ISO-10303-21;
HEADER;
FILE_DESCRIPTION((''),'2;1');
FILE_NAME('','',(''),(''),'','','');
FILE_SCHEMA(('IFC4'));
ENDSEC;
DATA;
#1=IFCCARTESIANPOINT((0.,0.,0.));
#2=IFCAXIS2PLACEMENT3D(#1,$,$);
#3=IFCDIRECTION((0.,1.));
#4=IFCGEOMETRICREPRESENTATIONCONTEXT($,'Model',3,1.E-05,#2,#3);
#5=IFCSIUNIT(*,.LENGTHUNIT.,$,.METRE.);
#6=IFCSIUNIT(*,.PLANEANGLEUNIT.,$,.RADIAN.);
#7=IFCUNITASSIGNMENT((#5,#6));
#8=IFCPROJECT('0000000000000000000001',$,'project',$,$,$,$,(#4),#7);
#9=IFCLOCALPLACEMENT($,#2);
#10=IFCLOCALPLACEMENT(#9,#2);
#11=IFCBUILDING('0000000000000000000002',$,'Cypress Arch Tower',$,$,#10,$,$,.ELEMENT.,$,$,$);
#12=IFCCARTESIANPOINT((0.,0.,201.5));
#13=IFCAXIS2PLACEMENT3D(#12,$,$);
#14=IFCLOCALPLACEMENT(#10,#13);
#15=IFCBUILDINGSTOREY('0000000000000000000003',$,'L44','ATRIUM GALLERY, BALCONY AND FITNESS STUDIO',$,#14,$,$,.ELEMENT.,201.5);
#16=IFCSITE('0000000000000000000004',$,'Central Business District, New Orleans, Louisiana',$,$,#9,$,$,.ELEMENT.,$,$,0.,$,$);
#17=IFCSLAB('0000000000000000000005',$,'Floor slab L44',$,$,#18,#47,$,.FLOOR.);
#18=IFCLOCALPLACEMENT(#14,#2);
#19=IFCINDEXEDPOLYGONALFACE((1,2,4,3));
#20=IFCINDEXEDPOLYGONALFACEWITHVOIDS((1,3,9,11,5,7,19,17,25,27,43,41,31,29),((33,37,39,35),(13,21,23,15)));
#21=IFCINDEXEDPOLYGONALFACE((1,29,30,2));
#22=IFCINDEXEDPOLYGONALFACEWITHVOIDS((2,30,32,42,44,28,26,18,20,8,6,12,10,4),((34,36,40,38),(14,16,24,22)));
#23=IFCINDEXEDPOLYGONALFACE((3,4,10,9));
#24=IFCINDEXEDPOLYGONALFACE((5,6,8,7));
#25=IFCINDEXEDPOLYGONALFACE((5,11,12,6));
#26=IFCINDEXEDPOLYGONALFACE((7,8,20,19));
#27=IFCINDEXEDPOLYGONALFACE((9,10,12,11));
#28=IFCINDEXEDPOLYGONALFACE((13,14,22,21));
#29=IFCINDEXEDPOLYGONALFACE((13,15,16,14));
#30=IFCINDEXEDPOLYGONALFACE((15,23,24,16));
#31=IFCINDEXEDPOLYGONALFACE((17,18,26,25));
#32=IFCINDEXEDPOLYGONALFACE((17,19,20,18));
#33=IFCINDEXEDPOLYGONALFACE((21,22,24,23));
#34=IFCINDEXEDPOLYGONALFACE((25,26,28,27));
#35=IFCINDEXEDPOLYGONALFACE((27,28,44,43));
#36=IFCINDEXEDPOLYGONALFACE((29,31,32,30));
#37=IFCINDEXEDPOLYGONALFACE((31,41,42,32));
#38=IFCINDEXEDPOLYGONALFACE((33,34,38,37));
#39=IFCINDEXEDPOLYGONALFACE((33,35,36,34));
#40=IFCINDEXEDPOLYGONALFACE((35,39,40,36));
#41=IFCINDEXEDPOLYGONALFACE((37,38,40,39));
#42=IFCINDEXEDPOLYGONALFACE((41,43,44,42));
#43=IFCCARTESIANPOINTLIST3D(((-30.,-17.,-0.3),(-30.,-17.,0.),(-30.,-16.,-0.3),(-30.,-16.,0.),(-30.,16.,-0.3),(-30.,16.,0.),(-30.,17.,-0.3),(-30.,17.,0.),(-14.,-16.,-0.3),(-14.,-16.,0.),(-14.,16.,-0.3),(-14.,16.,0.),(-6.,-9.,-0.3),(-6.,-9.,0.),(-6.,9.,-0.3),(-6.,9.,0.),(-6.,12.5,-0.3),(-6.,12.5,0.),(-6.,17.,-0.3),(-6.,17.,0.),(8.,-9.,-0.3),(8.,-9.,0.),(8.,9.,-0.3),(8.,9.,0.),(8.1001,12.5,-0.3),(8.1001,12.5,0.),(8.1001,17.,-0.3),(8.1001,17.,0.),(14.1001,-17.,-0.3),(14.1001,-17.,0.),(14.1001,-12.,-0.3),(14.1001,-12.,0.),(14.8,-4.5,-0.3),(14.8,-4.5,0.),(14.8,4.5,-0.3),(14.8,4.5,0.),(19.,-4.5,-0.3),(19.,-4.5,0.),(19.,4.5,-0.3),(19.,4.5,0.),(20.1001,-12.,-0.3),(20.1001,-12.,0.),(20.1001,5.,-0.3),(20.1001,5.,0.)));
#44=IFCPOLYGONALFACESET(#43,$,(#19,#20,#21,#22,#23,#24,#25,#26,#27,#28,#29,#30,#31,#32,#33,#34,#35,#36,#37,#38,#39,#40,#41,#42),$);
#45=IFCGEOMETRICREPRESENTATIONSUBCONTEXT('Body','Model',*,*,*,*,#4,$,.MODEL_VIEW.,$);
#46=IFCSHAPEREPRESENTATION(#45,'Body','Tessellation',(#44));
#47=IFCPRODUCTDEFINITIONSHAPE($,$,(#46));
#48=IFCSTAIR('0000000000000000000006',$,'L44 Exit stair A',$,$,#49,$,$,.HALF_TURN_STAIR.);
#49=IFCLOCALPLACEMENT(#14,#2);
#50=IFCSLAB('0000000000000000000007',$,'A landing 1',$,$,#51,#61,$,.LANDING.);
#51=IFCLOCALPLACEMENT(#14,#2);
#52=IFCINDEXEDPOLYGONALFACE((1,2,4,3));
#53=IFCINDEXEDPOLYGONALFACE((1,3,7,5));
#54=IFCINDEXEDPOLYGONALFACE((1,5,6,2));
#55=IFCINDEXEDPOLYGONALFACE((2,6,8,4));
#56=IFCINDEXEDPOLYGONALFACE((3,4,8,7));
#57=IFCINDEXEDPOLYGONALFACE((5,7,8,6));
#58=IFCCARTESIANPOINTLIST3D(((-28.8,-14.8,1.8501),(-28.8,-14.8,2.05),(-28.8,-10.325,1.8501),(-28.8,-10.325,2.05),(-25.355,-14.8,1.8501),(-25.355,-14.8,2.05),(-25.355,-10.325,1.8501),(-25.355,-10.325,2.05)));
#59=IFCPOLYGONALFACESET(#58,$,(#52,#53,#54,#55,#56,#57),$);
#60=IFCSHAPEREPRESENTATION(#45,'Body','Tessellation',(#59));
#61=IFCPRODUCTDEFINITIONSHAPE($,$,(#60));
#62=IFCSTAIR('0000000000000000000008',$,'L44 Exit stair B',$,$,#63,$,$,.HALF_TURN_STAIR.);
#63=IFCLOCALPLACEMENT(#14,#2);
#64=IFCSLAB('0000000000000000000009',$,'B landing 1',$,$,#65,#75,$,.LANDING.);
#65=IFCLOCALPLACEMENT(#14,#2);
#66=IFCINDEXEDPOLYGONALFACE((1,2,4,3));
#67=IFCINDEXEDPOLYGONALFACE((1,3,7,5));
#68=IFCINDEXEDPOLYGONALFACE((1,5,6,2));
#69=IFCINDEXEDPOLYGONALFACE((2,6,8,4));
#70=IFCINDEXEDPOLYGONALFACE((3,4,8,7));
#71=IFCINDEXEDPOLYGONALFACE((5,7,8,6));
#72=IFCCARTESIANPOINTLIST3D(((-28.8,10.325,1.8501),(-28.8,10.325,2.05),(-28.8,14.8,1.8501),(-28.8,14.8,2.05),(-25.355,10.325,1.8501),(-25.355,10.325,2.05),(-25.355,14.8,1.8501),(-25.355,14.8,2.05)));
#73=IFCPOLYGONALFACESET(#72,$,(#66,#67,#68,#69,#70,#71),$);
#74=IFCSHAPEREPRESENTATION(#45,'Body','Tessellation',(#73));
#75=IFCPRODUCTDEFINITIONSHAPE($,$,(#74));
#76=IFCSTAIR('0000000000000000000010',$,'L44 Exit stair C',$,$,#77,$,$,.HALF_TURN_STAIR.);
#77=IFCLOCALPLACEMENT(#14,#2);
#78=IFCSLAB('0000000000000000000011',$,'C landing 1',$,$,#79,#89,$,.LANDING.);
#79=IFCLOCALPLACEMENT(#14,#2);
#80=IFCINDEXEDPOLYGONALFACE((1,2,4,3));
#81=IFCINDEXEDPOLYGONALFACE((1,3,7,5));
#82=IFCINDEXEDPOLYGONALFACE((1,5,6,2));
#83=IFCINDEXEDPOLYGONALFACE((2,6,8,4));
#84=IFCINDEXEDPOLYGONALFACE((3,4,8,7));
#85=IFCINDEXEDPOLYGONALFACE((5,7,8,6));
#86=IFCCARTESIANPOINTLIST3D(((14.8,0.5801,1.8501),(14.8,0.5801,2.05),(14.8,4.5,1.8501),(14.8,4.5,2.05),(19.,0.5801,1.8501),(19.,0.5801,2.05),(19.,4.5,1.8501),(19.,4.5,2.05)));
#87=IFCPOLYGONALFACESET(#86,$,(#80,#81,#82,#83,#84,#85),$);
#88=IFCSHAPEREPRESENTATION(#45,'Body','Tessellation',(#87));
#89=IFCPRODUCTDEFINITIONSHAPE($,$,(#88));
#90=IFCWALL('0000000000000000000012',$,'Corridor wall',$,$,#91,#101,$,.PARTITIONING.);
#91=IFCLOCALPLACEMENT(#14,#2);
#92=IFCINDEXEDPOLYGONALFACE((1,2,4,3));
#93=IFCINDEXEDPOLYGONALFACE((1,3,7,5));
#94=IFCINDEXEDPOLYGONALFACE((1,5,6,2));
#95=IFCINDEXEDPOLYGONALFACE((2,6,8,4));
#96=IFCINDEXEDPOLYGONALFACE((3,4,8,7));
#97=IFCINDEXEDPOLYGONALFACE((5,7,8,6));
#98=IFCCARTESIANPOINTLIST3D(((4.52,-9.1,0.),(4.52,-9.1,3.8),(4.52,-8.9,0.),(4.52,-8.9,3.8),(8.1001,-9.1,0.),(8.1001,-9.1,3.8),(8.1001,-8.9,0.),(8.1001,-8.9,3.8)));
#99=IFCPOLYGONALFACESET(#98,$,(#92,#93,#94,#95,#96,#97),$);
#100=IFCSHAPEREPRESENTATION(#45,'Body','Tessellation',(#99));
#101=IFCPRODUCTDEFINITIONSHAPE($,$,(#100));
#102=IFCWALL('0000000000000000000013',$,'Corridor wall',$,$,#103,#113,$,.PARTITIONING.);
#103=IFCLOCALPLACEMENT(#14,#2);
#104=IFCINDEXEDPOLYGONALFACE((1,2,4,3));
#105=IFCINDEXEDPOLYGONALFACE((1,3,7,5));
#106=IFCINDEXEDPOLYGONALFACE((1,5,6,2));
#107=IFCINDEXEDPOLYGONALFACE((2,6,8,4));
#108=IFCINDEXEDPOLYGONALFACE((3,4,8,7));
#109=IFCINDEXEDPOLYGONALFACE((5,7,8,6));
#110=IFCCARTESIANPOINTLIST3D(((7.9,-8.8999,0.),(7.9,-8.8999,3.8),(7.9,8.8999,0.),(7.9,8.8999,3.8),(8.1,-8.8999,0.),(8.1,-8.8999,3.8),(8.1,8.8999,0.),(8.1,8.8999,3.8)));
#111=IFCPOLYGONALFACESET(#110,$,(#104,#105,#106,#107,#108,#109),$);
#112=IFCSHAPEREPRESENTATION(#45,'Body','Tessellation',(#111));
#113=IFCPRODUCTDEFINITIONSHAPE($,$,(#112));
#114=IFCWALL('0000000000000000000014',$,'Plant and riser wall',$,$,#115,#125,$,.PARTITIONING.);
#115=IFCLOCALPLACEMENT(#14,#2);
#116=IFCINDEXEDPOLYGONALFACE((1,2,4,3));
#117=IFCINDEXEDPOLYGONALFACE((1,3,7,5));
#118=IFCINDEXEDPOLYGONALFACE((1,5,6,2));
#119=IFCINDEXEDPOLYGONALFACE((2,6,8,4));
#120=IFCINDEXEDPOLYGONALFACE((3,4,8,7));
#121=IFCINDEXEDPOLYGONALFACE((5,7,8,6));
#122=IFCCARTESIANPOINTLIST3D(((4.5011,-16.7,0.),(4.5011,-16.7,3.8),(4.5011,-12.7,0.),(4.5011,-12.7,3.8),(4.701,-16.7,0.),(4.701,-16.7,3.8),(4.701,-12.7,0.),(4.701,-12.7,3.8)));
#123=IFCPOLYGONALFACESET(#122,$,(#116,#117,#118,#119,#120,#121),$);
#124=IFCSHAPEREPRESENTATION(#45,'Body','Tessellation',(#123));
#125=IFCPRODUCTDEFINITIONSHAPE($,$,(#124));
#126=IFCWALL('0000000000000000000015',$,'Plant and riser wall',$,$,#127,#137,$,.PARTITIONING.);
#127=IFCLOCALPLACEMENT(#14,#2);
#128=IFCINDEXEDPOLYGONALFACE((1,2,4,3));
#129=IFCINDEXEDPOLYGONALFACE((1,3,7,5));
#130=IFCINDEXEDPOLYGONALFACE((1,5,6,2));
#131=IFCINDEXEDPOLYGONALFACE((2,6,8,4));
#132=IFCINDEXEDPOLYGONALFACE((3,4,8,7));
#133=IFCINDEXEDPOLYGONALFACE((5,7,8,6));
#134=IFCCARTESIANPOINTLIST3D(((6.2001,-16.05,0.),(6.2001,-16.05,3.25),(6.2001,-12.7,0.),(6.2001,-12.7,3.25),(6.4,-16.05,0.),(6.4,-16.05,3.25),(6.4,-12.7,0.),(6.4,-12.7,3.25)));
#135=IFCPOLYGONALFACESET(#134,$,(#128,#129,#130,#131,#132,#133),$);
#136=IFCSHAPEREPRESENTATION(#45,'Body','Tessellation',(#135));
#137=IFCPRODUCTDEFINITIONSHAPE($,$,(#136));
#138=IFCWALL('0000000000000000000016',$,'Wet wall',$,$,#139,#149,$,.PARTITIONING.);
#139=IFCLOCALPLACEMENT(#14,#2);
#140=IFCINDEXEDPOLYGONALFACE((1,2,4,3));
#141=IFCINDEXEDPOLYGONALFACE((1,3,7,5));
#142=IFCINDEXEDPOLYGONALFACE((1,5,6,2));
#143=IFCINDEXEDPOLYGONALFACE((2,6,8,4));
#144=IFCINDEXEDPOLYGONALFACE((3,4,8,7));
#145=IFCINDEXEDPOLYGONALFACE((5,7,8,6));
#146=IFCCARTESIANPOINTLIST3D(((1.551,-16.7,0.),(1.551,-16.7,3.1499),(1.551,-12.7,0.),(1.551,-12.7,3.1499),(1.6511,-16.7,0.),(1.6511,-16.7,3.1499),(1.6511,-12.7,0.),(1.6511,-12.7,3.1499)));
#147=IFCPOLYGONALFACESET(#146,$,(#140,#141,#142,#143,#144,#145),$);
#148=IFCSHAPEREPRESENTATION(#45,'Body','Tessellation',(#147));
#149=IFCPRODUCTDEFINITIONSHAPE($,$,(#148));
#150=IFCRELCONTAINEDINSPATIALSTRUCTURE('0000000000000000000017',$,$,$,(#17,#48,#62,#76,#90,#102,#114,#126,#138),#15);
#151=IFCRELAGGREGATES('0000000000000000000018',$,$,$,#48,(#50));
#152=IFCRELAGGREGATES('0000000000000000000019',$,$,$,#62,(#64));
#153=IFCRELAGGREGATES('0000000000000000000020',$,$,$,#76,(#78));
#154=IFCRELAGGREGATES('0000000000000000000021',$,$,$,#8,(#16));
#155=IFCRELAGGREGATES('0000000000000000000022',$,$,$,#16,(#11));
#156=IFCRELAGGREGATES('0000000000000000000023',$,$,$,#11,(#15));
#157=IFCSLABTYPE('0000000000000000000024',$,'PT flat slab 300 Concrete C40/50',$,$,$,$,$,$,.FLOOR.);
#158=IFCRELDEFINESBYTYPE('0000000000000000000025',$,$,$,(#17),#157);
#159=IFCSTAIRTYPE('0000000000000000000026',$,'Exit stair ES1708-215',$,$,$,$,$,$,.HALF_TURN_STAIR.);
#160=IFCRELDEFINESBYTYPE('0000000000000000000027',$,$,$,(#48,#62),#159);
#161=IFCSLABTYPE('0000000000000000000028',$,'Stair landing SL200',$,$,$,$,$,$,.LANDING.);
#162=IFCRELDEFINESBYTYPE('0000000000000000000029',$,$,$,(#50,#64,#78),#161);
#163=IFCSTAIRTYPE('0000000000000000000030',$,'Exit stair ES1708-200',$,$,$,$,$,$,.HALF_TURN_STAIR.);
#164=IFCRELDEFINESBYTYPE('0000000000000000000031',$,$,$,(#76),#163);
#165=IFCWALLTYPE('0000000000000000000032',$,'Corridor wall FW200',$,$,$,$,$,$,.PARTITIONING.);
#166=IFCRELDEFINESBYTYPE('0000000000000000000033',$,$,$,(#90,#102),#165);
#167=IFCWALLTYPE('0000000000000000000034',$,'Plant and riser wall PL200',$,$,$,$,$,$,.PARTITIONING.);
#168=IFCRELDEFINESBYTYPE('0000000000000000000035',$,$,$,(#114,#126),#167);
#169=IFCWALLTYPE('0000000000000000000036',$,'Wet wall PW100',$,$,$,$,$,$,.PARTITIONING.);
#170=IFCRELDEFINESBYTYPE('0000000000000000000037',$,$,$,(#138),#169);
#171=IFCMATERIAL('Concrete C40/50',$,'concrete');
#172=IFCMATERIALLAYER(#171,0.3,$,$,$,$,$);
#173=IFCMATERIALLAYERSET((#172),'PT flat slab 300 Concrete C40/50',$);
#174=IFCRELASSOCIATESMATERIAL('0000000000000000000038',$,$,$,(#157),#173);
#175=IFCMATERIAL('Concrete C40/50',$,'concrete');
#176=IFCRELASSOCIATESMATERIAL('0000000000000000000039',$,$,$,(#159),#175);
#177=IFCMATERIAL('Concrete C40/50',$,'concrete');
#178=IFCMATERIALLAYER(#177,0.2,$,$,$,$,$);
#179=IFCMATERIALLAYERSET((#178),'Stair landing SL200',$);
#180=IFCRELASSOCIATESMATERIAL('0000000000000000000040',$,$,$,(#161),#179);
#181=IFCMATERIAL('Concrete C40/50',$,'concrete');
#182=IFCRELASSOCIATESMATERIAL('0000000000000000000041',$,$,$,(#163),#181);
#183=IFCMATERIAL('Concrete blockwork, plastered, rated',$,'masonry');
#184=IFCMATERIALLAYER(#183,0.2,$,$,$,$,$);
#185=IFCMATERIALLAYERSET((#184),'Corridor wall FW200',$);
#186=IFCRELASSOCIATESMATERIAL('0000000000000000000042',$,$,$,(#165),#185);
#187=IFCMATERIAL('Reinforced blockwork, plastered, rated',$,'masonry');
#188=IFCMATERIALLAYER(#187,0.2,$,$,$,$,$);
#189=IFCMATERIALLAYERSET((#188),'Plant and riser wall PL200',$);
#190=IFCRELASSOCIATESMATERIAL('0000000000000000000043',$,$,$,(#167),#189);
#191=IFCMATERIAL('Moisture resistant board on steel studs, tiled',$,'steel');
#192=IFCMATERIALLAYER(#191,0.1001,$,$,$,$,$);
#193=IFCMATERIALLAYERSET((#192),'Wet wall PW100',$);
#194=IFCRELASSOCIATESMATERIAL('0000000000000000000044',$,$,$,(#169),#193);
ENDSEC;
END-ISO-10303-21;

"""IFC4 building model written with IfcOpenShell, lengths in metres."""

from ifc_helpers import new_model, si_unit, direction, frame, frame_2d, origin, place, context, subcontext, project, spatial, polyline, rectangle, outline, extrude, material, layer, layer_set, type_object, element, aggregate, save


model = new_model("IFC4")

# Units and contexts
model_context = context("Model", 3, precision=1e-05, world=origin(), true_north=direction((0.0, 1.0)))
body_context = subcontext(model_context, "Body", "Model", "MODEL_VIEW")
ifc_project = project(units=[si_unit("LENGTHUNIT", "METRE"), si_unit("PLANEANGLEUNIT", "RADIAN")], contexts=[model_context])

# Site, building, storey
site_placement = place(None, origin())
site = spatial("IfcSite", under=ifc_project, at=site_placement, Name="Central Business District, New Orleans, Louisiana", CompositionType="ELEMENT", RefElevation=0.0)
building_placement = place(site_placement, origin())
building = spatial("IfcBuilding", under=site, at=building_placement, Name="Cypress Arch Tower", CompositionType="ELEMENT")
storey_placement = place(building_placement, frame((0.0, 0.0, 201.5)))
storey = spatial("IfcBuildingStorey", under=building, at=storey_placement, Name="L44", Description="ATRIUM GALLERY, BALCONY AND FITNESS STUDIO", CompositionType="ELEMENT", Elevation=201.5)

# Slab
ifc_material_1 = material(Name="Concrete C40/50", Category="concrete")
ifc_layer_1 = layer(ifc_material_1, 0.3)
ifc_layer_set_1 = layer_set([ifc_layer_1], Name="PT flat slab 300 Concrete C40/50")
slab_type_1 = type_object("IfcSlabType", Name="PT flat slab 300 Concrete C40/50", PredefinedType="FLOOR", material=ifc_layer_set_1)
slab_1_placement = place(storey_placement, frame((0.0, 0.0, -0.3)))
element("IfcSlab", 1, at=slab_1_placement, inside=storey, type_object=slab_type_1, Name="Floor slab L44", PredefinedType="FLOOR", context=body_context, shape_type="SweptSolid", body=[
    extrude(outline(polyline([(-30.0, 17.0), (-6.0, 17.0), (-6.0, 12.5), (8.1001, 12.5), (8.1001, 17.0), (20.1001, 5.0), (20.1001, -12.0), (14.1001, -12.0), (14.1001, -17.0), (-30.0, -17.0), (-30.0, -16.0), (-14.0, -16.0), (-14.0, 16.0), (-30.0, 16.0), (-30.0, 17.0)]), holes=[polyline([(-6.0, -9.0), (8.0, -9.0), (8.0, 9.0), (-6.0, 9.0), (-6.0, -9.0)]), polyline([(14.8, -4.5), (19.0, -4.5), (19.0, 4.5), (14.8, 4.5), (14.8, -4.5)])]), origin(), (0.0, 0.0, 1.0), 0.3),
])

# Stairs, slabs
ifc_material_2 = material(Name="Concrete C40/50", Category="concrete")
stair_type_1 = type_object("IfcStairType", Name="Exit stair ES1708-215", PredefinedType="HALF_TURN_STAIR", material=ifc_material_2)
stair_1_placement = place(storey_placement, origin())
stair_1 = element("IfcStair", 2, at=stair_1_placement, inside=storey, type_object=stair_type_1, Name="L44 Exit stair A", PredefinedType="HALF_TURN_STAIR")
ifc_material_3 = material(Name="Concrete C40/50", Category="concrete")
ifc_layer_2 = layer(ifc_material_3, 0.2)
ifc_layer_set_2 = layer_set([ifc_layer_2], Name="Stair landing SL200")
slab_type_2 = type_object("IfcSlabType", Name="Stair landing SL200", PredefinedType="LANDING", material=ifc_layer_set_2)
slab_2_placement = place(storey_placement, frame((0.0, 0.0, 1.8501)))
slab_2 = element("IfcSlab", 3, at=slab_2_placement, type_object=slab_type_2, Name="A landing 1", PredefinedType="LANDING", context=body_context, shape_type="SweptSolid", body=[
    extrude(outline(polyline([(-25.355, -10.325), (-28.8, -10.325), (-28.8, -14.8), (-25.355, -14.8), (-25.355, -10.325)])), origin(), (0.0, 0.0, 1.0), 0.2),
])
aggregate(stair_1, [slab_2])
stair_2_placement = place(storey_placement, origin())
stair_2 = element("IfcStair", 4, at=stair_2_placement, inside=storey, type_object=stair_type_1, Name="L44 Exit stair B", PredefinedType="HALF_TURN_STAIR")
slab_3_placement = place(storey_placement, frame((0.0, 0.0, 1.8501)))
slab_3 = element("IfcSlab", 5, at=slab_3_placement, type_object=slab_type_2, Name="B landing 1", PredefinedType="LANDING", context=body_context, shape_type="SweptSolid", body=[
    extrude(outline(polyline([(-25.355, 14.8), (-28.8, 14.8), (-28.8, 10.325), (-25.355, 10.325), (-25.355, 14.8)])), origin(), (0.0, 0.0, 1.0), 0.2),
])
aggregate(stair_2, [slab_3])
ifc_material_4 = material(Name="Concrete C40/50", Category="concrete")
stair_type_2 = type_object("IfcStairType", Name="Exit stair ES1708-200", PredefinedType="HALF_TURN_STAIR", material=ifc_material_4)
stair_3_placement = place(storey_placement, origin())
stair_3 = element("IfcStair", 6, at=stair_3_placement, inside=storey, type_object=stair_type_2, Name="L44 Exit stair C", PredefinedType="HALF_TURN_STAIR")
slab_4_placement = place(storey_placement, frame((0.0, 0.0, 1.8501)))
slab_4 = element("IfcSlab", 7, at=slab_4_placement, type_object=slab_type_2, Name="C landing 1", PredefinedType="LANDING", context=body_context, shape_type="SweptSolid", body=[
    extrude(outline(polyline([(19.0, 0.5801), (19.0, 4.5), (14.8, 4.5), (14.8, 0.5801), (19.0, 0.5801)])), origin(), (0.0, 0.0, 1.0), 0.2),
])
aggregate(stair_3, [slab_4])

# Wall
ifc_material_5 = material(Name="Concrete blockwork, plastered, rated", Category="masonry")
ifc_layer_3 = layer(ifc_material_5, 0.2)
ifc_layer_set_3 = layer_set([ifc_layer_3], Name="Corridor wall FW200")
wall_type_1 = type_object("IfcWallType", Name="Corridor wall FW200", PredefinedType="PARTITIONING", material=ifc_layer_set_3)
wall_1_placement = place(storey_placement, frame((4.52, -9.0, 0.0), z_axis=(0.0, 0.0, 1.0), x_axis=(1.0, 0.0, 0.0)))
element("IfcWall", 8, at=wall_1_placement, inside=storey, type_object=wall_type_1, Name="Corridor wall", PredefinedType="PARTITIONING", context=body_context, shape_type="SweptSolid", body=[
    extrude(rectangle(XDim=3.5801, YDim=0.2, at=frame_2d((1.79, 0.0))), origin(), (0.0, 0.0, 1.0), 3.8),
])

# Wall
wall_2_placement = place(storey_placement, frame((8.0, -8.8999, 0.0), z_axis=(0.0, 0.0, 1.0), x_axis=(0.0, 1.0, 0.0)))
element("IfcWall", 9, at=wall_2_placement, inside=storey, type_object=wall_type_1, Name="Corridor wall", PredefinedType="PARTITIONING", context=body_context, shape_type="SweptSolid", body=[
    extrude(rectangle(XDim=17.7998, YDim=0.2, at=frame_2d((8.8999, 0.0))), origin(), (0.0, 0.0, 1.0), 3.8),
])

# Shared definitions
ifc_material_6 = material(Name="Reinforced blockwork, plastered, rated", Category="masonry")
ifc_layer_4 = layer(ifc_material_6, 0.2)
ifc_layer_set_4 = layer_set([ifc_layer_4], Name="Plant and riser wall PL200")
wall_type_2 = type_object("IfcWallType", Name="Plant and riser wall PL200", PredefinedType="PARTITIONING", material=ifc_layer_set_4)

# Walls
wall_3_placement = place(storey_placement, frame((4.6011, -16.7, 0.0), z_axis=(0.0, 0.0, 1.0), x_axis=(0.0, 1.0, 0.0)))
element("IfcWall", 10, at=wall_3_placement, inside=storey, type_object=wall_type_2, Name="Plant and riser wall", PredefinedType="PARTITIONING", context=body_context, shape_type="SweptSolid", body=[
    extrude(rectangle(XDim=4.0, YDim=0.2, at=frame_2d((2.0, 0.0))), origin(), (0.0, 0.0, 1.0), 3.8),
])
wall_4_placement = place(storey_placement, frame((6.3, -16.05, 0.0), z_axis=(0.0, 0.0, 1.0), x_axis=(0.0, 1.0, 0.0)))
element("IfcWall", 11, at=wall_4_placement, inside=storey, type_object=wall_type_2, Name="Plant and riser wall", PredefinedType="PARTITIONING", context=body_context, shape_type="SweptSolid", body=[
    extrude(rectangle(XDim=3.3501, YDim=0.2, at=frame_2d((1.675, 0.0))), origin(), (0.0, 0.0, 1.0), 3.25),
])
ifc_material_7 = material(Name="Moisture resistant board on steel studs, tiled", Category="steel")
ifc_layer_5 = layer(ifc_material_7, 0.1001)
ifc_layer_set_5 = layer_set([ifc_layer_5], Name="Wet wall PW100")
wall_type_3 = type_object("IfcWallType", Name="Wet wall PW100", PredefinedType="PARTITIONING", material=ifc_layer_set_5)
wall_5_placement = place(storey_placement, frame((1.6011, -16.7, 0.0), z_axis=(0.0, 0.0, 1.0), x_axis=(0.0, 1.0, 0.0)))
element("IfcWall", 12, at=wall_5_placement, inside=storey, type_object=wall_type_3, Name="Wet wall", PredefinedType="PARTITIONING", context=body_context, shape_type="SweptSolid", body=[
    extrude(rectangle(XDim=4.0, YDim=0.1001, at=frame_2d((2.0, 0.0))), origin(), (0.0, 0.0, 1.0), 3.1499),
])

save(model, "model.ifc")
